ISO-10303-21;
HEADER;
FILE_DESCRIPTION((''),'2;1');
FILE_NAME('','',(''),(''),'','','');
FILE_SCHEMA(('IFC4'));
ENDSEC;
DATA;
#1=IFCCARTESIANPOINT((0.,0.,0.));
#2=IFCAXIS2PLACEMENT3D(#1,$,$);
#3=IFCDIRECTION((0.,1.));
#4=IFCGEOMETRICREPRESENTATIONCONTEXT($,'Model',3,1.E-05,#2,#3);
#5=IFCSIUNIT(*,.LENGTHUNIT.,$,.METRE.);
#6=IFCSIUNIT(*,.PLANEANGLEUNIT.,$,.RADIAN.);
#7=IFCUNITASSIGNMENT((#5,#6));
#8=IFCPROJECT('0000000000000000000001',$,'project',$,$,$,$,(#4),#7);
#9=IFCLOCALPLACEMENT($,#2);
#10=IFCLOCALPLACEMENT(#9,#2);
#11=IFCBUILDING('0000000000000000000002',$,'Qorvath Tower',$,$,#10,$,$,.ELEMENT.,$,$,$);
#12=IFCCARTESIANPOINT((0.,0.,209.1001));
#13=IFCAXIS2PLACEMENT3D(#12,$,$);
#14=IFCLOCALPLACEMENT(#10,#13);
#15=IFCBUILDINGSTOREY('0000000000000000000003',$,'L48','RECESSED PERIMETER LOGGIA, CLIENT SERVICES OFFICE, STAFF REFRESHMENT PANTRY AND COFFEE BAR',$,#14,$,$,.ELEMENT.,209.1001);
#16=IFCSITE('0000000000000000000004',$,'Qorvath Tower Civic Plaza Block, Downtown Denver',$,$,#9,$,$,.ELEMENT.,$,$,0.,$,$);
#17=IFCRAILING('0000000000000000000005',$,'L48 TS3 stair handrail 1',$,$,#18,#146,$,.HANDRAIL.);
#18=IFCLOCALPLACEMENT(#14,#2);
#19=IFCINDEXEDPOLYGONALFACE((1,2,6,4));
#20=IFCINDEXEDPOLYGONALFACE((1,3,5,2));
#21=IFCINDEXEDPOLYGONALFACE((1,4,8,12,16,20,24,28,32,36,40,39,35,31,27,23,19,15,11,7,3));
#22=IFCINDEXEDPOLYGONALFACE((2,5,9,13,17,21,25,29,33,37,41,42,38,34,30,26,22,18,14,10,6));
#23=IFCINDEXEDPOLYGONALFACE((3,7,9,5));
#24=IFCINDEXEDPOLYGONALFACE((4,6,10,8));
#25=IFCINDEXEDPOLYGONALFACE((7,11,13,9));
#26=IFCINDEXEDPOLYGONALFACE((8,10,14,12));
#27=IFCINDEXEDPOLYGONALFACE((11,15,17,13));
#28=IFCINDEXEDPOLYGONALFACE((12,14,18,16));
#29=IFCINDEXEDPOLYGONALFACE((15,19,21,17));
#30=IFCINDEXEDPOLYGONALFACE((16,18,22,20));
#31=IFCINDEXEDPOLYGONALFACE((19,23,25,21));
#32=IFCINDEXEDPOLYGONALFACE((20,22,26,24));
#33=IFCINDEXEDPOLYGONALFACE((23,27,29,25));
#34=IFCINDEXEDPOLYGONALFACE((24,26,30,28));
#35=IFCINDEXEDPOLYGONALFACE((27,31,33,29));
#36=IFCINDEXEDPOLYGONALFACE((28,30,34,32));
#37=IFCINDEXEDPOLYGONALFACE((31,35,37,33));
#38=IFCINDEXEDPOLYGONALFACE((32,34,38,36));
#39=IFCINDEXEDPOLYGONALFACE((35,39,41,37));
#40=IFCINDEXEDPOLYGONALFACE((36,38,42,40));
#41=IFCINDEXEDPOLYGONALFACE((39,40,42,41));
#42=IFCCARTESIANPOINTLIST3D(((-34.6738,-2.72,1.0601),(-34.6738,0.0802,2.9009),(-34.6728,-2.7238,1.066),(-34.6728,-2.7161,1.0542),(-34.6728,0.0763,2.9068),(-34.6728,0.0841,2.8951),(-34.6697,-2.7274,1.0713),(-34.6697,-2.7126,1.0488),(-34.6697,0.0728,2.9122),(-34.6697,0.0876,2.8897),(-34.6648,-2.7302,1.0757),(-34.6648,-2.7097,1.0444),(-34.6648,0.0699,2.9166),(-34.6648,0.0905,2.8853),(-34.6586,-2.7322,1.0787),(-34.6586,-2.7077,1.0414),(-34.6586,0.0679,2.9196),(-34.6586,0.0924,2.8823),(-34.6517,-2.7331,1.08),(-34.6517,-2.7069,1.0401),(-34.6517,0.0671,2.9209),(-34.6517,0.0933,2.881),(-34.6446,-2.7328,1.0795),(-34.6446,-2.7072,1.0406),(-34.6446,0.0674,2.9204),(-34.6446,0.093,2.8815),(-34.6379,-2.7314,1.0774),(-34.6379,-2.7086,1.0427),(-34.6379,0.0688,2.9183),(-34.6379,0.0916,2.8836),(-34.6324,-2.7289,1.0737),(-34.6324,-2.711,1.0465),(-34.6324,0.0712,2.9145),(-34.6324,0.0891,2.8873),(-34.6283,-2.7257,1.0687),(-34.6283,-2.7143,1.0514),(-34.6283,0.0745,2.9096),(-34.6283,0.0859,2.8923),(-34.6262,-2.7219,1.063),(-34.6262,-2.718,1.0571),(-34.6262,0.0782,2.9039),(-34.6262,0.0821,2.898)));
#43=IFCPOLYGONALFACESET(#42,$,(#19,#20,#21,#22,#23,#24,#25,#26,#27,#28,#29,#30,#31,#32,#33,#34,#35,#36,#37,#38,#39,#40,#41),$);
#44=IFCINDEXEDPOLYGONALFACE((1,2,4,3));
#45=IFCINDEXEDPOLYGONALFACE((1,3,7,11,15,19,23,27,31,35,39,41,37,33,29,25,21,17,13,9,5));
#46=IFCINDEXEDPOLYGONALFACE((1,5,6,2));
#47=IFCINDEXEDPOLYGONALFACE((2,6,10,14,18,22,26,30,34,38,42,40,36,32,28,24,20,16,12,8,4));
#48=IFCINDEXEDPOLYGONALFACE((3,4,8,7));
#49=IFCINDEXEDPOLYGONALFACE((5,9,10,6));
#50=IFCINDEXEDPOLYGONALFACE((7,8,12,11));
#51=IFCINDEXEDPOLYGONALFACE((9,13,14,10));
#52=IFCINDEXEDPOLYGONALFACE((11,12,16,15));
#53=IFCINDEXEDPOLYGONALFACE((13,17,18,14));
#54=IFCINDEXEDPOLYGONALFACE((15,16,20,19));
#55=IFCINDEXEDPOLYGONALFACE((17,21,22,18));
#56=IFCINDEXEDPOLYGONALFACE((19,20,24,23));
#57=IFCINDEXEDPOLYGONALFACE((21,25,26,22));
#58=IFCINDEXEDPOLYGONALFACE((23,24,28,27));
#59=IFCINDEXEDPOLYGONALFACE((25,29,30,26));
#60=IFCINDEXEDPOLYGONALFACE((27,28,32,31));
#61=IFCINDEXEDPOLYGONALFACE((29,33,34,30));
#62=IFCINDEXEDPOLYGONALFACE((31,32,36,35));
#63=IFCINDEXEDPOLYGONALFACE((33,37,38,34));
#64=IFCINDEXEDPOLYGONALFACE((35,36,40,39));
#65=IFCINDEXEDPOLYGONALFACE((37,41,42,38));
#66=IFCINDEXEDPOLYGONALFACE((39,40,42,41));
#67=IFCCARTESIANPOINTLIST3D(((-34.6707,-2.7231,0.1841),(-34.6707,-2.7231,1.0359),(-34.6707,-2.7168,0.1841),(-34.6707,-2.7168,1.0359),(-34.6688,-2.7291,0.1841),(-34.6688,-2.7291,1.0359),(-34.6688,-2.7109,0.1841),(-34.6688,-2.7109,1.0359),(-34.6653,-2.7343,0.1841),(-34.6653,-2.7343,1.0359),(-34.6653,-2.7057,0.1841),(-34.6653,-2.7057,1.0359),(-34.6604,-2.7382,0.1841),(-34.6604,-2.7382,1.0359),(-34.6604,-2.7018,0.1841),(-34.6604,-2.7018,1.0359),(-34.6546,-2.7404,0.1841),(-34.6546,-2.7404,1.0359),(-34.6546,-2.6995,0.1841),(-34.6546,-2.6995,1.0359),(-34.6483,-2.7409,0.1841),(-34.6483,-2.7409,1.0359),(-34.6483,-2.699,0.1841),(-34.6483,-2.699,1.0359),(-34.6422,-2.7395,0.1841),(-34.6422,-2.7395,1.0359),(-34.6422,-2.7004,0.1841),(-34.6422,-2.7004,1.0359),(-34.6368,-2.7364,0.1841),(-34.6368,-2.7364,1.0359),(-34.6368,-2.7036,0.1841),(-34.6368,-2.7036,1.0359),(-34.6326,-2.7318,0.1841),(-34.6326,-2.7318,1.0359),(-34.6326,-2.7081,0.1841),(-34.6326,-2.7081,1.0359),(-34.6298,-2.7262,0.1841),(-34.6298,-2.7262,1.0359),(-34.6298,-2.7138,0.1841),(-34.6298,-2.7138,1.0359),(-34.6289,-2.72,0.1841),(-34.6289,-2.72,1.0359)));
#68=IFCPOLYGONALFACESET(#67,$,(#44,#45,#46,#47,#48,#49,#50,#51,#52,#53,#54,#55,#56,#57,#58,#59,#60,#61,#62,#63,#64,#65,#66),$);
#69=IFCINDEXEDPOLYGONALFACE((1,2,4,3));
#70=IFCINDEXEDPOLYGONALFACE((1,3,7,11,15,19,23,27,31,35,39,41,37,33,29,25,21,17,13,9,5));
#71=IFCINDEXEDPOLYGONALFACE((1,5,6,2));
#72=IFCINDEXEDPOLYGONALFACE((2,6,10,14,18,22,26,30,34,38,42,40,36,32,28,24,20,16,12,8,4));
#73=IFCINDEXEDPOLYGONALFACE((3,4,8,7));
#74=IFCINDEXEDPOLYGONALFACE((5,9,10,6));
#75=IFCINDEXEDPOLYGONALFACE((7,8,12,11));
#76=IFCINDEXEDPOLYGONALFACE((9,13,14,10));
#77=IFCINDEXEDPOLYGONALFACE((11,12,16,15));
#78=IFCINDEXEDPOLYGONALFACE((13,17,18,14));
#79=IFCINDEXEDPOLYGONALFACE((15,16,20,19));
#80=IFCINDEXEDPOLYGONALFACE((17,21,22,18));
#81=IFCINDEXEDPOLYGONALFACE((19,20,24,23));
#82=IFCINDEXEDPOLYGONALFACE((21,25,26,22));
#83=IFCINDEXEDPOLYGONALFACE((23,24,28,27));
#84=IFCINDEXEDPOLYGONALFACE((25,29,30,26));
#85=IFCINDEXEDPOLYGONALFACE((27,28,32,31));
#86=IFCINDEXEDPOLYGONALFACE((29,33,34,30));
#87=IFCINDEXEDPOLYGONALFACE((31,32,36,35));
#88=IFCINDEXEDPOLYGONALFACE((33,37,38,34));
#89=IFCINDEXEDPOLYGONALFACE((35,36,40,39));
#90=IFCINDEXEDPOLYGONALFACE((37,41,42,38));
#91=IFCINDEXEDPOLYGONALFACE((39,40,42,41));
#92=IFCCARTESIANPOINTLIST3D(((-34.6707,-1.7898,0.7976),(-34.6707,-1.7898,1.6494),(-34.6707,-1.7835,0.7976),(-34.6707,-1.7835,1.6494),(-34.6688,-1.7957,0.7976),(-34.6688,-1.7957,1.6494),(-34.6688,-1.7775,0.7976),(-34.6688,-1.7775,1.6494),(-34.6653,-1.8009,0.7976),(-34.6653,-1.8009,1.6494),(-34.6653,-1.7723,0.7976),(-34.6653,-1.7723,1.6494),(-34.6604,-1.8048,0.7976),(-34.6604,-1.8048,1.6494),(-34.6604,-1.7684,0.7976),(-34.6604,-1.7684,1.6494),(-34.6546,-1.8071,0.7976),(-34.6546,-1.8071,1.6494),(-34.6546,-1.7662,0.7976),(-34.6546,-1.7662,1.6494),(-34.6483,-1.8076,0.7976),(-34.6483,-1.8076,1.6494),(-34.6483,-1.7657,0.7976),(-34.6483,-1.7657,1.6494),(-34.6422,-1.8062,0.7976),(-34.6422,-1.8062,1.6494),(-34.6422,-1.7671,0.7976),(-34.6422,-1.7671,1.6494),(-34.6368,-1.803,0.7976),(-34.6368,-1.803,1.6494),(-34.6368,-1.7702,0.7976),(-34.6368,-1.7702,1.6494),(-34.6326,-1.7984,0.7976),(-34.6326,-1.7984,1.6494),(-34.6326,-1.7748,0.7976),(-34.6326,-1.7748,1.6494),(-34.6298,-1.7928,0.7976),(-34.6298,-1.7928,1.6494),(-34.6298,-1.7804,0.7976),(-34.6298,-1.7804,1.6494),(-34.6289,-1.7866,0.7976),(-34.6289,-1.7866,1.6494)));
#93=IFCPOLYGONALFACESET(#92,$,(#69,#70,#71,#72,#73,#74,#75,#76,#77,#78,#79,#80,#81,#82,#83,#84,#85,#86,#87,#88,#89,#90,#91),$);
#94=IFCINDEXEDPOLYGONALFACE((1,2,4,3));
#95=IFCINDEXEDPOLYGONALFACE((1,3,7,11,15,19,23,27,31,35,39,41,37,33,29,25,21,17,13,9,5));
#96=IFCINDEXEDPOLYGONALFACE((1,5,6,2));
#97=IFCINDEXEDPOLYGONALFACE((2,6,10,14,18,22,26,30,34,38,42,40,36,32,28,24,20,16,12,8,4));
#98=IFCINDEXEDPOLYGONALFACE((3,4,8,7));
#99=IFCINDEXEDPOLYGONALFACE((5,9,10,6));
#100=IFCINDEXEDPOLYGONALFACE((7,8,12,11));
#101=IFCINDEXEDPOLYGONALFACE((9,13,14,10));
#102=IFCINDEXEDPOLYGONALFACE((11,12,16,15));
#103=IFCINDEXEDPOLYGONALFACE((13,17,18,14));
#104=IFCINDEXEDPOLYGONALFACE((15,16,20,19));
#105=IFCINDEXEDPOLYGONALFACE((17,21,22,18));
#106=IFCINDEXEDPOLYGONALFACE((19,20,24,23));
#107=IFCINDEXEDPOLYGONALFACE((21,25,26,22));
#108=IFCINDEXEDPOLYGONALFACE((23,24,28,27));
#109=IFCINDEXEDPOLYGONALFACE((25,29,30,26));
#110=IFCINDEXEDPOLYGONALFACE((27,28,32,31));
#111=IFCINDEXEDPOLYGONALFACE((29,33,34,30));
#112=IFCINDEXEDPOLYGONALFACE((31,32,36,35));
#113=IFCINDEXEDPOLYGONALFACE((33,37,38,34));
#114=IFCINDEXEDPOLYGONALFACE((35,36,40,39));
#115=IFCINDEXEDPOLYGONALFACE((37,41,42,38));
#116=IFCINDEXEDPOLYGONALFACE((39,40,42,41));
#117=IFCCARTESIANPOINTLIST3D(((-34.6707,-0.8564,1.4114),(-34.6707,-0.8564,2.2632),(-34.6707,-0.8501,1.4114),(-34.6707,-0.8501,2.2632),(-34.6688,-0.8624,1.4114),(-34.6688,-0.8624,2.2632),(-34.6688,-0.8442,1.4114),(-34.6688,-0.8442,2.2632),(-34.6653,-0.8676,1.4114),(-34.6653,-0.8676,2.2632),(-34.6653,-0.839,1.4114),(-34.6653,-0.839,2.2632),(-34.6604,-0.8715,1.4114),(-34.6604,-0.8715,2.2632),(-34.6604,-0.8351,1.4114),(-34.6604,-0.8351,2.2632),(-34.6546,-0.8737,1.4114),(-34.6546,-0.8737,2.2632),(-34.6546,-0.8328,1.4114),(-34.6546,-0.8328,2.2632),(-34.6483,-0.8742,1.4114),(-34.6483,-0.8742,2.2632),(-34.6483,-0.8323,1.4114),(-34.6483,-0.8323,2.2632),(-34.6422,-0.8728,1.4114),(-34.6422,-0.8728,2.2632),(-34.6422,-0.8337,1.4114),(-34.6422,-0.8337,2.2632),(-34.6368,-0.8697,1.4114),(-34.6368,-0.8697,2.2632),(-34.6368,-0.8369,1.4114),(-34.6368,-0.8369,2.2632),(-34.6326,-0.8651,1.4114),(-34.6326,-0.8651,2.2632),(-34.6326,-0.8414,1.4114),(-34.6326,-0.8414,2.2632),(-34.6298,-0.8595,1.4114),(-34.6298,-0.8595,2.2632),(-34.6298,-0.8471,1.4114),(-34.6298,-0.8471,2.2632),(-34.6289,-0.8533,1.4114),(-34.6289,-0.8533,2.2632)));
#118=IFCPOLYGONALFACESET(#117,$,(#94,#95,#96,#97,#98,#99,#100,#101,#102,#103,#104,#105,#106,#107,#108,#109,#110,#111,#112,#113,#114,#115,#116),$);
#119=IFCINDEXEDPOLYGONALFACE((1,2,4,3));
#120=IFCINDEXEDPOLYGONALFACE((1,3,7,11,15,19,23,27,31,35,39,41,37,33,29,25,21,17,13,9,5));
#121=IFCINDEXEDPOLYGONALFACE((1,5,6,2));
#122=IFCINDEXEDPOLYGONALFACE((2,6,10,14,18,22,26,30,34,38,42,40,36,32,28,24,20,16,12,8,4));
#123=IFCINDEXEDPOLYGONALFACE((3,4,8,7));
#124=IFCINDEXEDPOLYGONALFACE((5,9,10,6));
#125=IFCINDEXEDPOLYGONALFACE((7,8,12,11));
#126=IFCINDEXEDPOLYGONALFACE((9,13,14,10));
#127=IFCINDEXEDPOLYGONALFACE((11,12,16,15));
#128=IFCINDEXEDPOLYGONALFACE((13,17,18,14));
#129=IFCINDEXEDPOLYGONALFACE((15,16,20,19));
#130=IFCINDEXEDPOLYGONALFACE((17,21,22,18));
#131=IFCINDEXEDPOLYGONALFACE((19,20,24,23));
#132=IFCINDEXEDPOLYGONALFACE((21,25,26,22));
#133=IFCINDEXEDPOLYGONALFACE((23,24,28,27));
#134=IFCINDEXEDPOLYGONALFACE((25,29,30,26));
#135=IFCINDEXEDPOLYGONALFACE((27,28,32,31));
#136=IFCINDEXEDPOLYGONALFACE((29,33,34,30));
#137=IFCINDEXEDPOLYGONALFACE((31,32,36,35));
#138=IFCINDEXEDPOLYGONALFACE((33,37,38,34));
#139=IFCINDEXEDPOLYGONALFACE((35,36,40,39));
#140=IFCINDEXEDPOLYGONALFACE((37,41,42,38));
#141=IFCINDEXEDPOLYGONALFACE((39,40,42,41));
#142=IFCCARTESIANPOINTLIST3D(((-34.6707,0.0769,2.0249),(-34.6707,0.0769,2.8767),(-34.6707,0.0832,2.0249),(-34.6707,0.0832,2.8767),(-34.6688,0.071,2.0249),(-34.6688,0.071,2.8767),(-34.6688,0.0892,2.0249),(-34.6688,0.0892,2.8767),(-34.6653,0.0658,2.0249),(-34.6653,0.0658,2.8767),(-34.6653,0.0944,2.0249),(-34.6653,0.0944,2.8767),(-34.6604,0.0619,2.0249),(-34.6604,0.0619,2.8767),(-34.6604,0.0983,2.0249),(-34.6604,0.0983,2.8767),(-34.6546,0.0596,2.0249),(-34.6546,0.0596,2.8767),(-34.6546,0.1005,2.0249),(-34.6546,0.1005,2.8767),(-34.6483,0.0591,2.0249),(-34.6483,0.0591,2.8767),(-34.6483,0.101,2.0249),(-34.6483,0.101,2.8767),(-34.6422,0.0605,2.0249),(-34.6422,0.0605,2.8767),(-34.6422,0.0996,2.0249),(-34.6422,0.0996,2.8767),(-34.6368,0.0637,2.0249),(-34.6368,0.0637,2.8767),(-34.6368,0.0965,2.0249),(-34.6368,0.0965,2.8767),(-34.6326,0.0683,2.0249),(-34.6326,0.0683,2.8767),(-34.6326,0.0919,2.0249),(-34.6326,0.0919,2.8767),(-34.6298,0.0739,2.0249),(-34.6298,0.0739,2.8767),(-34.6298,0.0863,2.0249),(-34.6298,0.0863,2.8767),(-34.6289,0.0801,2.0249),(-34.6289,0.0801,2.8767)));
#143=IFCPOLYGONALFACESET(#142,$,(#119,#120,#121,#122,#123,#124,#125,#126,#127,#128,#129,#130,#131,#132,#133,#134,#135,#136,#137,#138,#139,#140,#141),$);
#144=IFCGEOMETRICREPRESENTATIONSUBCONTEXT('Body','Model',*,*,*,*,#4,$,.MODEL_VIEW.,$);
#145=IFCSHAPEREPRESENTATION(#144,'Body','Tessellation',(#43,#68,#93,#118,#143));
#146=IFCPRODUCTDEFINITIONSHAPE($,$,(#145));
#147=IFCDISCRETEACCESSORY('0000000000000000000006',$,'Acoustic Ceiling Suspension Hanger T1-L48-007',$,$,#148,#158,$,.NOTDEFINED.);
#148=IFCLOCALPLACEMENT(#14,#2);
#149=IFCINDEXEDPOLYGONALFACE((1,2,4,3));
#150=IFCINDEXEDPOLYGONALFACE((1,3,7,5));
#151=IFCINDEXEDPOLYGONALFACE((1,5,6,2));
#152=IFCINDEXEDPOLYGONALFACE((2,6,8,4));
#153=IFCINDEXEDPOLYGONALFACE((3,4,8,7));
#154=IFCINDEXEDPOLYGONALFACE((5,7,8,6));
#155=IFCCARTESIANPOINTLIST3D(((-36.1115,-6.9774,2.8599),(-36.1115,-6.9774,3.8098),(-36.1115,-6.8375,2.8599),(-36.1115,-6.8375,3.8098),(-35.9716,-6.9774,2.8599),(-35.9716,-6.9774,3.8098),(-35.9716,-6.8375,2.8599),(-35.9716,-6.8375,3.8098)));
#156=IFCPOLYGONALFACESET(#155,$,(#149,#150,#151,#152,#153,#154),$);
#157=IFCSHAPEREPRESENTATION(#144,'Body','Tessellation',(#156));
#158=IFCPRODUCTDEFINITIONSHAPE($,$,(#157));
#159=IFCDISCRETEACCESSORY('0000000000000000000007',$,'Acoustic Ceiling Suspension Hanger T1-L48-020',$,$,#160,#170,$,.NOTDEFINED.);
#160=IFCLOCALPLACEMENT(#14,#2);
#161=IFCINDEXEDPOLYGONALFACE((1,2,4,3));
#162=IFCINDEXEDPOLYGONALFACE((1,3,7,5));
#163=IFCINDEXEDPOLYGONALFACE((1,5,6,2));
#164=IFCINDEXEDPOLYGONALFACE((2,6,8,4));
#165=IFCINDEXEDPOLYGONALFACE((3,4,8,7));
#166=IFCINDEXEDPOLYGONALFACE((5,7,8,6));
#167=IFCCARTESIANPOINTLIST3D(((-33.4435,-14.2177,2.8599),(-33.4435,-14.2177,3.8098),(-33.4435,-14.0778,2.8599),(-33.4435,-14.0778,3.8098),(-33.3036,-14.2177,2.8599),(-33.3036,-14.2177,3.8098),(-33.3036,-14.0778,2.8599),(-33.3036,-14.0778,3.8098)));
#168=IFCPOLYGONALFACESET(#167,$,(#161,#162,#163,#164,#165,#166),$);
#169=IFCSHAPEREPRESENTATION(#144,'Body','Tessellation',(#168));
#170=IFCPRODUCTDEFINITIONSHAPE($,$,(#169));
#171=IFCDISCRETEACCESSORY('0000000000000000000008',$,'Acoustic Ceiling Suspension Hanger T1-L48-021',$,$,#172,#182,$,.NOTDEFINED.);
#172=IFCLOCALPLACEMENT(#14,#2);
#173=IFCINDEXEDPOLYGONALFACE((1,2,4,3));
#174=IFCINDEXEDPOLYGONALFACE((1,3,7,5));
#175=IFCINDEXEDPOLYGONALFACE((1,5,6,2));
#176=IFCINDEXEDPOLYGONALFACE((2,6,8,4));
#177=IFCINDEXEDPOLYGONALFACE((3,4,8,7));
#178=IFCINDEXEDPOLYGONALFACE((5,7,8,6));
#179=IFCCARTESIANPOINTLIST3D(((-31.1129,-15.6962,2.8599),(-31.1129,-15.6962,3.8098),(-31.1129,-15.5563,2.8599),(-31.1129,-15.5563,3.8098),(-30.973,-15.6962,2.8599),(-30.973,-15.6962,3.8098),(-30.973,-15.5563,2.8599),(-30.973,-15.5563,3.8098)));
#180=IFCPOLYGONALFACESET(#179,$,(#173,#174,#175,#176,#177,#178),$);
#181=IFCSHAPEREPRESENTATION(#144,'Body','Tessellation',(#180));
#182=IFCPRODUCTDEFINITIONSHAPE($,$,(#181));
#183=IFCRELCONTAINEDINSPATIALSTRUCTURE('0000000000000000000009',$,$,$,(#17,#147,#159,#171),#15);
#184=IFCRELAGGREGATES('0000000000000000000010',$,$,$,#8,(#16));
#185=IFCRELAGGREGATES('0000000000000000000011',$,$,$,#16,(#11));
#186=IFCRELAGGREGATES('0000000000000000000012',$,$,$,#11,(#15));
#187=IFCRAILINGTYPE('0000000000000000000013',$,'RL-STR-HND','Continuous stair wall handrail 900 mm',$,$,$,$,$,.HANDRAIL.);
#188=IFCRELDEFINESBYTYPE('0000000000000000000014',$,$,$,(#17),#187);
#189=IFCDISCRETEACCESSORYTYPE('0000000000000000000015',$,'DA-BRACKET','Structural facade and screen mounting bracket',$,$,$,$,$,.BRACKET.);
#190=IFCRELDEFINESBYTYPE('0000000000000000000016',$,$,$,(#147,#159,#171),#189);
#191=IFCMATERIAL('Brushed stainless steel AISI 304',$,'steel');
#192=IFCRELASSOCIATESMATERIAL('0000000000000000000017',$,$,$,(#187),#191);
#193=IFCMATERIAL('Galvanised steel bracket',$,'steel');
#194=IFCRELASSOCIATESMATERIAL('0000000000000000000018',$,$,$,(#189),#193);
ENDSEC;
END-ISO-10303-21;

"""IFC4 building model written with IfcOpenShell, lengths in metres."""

from ifc_helpers import new_model, si_unit, direction, frame, origin, origin_2d, place, context, subcontext, project, spatial, rectangle, circle, extrude, material, type_object, element, save


model = new_model("IFC4")

# Units and contexts
model_context = context("Model", 3, precision=1e-05, world=origin(), true_north=direction((0.0, 1.0)))
body_context = subcontext(model_context, "Body", "Model", "MODEL_VIEW")
ifc_project = project(units=[si_unit("LENGTHUNIT", "METRE"), si_unit("PLANEANGLEUNIT", "RADIAN")], contexts=[model_context])

# Site, building, storey
site_placement = place(None, origin())
site = spatial("IfcSite", under=ifc_project, at=site_placement, Name="Qorvath Tower Civic Plaza Block, Downtown Denver", CompositionType="ELEMENT", RefElevation=0.0)
building_placement = place(site_placement, origin())
building = spatial("IfcBuilding", under=site, at=building_placement, Name="Qorvath Tower", CompositionType="ELEMENT")
storey_placement = place(building_placement, frame((0.0, 0.0, 209.1001)))
storey = spatial("IfcBuildingStorey", under=building, at=storey_placement, Name="L48", Description="RECESSED PERIMETER LOGGIA, CLIENT SERVICES OFFICE, STAFF REFRESHMENT PANTRY AND COFFEE BAR", CompositionType="ELEMENT", Elevation=209.1001)

# Railing
ifc_material_1 = material(Name="Brushed stainless steel AISI 304", Category="steel")
railing_type_1 = type_object("IfcRailingType", Name="RL-STR-HND", Description="Continuous stair wall handrail 900 mm", PredefinedType="HANDRAIL", material=ifc_material_1)
railing_1_placement = place(storey_placement, frame((-34.6499, -2.72, 0.1841)))
element("IfcRailing", 1, at=railing_1_placement, inside=storey, type_object=railing_type_1, Name="L48 TS3 stair handrail 1", PredefinedType="HANDRAIL", context=body_context, shape_type="SweptSolid", body=[
    extrude(circle(Radius=0.0239, at=origin_2d()), frame((0.0, 0.0, 0.876), z_axis=(0.0, 0.835598, 0.549342), x_axis=(-1.0, 0.0, 0.0)), (0.0, 0.0, 1.0), 3.3511),
    extrude(circle(Radius=0.021, at=origin_2d()), origin(), (0.0, 0.0, 1.0), 0.8518),
    extrude(circle(Radius=0.021, at=origin_2d()), frame((0.0, 0.9333, 0.6135)), (0.0, 0.0, 1.0), 0.8518),
    extrude(circle(Radius=0.021, at=origin_2d()), frame((0.0, 1.8667, 1.2273)), (0.0, 0.0, 1.0), 0.8518),
    extrude(circle(Radius=0.021, at=origin_2d()), frame((0.0, 2.8, 1.8408)), (0.0, 0.0, 1.0), 0.8518),
])

# Discrete accessories
ifc_material_2 = material(Name="Galvanised steel bracket", Category="steel")
discrete_accessory_type = type_object("IfcDiscreteAccessoryType", Name="DA-BRACKET", Description="Structural facade and screen mounting bracket", PredefinedType="BRACKET", material=ifc_material_2)
for number, where, z_axis, x_axis, name in (
    (2, (-36.0415, -6.9075, 2.8599), (0.0, 0.0, 1.0), (1.0, 0.0, 0.0), "Acoustic Ceiling Suspension Hanger T1-L48-007"),
    (3, (-33.3735, -14.1477, 2.8599), (0.0, 0.0, 1.0), (1.0, 0.0, 0.0), "Acoustic Ceiling Suspension Hanger T1-L48-020"),
    (4, (-31.043, -15.6262, 2.8599), (0.0, 0.0, 1.0), (1.0, 0.0, 0.0), "Acoustic Ceiling Suspension Hanger T1-L48-021"),
):
    element("IfcDiscreteAccessory", number, at=place(storey_placement, frame(where, z_axis=z_axis, x_axis=x_axis)), inside=storey, type_object=discrete_accessory_type, Name=name, PredefinedType="NOTDEFINED", context=body_context, shape_type="SweptSolid", body=[
        extrude(rectangle(XDim=0.1399, YDim=0.1399, at=origin_2d()), origin(), (0.0, 0.0, 1.0), 0.95),
    ])

save(model, "model.ifc")
